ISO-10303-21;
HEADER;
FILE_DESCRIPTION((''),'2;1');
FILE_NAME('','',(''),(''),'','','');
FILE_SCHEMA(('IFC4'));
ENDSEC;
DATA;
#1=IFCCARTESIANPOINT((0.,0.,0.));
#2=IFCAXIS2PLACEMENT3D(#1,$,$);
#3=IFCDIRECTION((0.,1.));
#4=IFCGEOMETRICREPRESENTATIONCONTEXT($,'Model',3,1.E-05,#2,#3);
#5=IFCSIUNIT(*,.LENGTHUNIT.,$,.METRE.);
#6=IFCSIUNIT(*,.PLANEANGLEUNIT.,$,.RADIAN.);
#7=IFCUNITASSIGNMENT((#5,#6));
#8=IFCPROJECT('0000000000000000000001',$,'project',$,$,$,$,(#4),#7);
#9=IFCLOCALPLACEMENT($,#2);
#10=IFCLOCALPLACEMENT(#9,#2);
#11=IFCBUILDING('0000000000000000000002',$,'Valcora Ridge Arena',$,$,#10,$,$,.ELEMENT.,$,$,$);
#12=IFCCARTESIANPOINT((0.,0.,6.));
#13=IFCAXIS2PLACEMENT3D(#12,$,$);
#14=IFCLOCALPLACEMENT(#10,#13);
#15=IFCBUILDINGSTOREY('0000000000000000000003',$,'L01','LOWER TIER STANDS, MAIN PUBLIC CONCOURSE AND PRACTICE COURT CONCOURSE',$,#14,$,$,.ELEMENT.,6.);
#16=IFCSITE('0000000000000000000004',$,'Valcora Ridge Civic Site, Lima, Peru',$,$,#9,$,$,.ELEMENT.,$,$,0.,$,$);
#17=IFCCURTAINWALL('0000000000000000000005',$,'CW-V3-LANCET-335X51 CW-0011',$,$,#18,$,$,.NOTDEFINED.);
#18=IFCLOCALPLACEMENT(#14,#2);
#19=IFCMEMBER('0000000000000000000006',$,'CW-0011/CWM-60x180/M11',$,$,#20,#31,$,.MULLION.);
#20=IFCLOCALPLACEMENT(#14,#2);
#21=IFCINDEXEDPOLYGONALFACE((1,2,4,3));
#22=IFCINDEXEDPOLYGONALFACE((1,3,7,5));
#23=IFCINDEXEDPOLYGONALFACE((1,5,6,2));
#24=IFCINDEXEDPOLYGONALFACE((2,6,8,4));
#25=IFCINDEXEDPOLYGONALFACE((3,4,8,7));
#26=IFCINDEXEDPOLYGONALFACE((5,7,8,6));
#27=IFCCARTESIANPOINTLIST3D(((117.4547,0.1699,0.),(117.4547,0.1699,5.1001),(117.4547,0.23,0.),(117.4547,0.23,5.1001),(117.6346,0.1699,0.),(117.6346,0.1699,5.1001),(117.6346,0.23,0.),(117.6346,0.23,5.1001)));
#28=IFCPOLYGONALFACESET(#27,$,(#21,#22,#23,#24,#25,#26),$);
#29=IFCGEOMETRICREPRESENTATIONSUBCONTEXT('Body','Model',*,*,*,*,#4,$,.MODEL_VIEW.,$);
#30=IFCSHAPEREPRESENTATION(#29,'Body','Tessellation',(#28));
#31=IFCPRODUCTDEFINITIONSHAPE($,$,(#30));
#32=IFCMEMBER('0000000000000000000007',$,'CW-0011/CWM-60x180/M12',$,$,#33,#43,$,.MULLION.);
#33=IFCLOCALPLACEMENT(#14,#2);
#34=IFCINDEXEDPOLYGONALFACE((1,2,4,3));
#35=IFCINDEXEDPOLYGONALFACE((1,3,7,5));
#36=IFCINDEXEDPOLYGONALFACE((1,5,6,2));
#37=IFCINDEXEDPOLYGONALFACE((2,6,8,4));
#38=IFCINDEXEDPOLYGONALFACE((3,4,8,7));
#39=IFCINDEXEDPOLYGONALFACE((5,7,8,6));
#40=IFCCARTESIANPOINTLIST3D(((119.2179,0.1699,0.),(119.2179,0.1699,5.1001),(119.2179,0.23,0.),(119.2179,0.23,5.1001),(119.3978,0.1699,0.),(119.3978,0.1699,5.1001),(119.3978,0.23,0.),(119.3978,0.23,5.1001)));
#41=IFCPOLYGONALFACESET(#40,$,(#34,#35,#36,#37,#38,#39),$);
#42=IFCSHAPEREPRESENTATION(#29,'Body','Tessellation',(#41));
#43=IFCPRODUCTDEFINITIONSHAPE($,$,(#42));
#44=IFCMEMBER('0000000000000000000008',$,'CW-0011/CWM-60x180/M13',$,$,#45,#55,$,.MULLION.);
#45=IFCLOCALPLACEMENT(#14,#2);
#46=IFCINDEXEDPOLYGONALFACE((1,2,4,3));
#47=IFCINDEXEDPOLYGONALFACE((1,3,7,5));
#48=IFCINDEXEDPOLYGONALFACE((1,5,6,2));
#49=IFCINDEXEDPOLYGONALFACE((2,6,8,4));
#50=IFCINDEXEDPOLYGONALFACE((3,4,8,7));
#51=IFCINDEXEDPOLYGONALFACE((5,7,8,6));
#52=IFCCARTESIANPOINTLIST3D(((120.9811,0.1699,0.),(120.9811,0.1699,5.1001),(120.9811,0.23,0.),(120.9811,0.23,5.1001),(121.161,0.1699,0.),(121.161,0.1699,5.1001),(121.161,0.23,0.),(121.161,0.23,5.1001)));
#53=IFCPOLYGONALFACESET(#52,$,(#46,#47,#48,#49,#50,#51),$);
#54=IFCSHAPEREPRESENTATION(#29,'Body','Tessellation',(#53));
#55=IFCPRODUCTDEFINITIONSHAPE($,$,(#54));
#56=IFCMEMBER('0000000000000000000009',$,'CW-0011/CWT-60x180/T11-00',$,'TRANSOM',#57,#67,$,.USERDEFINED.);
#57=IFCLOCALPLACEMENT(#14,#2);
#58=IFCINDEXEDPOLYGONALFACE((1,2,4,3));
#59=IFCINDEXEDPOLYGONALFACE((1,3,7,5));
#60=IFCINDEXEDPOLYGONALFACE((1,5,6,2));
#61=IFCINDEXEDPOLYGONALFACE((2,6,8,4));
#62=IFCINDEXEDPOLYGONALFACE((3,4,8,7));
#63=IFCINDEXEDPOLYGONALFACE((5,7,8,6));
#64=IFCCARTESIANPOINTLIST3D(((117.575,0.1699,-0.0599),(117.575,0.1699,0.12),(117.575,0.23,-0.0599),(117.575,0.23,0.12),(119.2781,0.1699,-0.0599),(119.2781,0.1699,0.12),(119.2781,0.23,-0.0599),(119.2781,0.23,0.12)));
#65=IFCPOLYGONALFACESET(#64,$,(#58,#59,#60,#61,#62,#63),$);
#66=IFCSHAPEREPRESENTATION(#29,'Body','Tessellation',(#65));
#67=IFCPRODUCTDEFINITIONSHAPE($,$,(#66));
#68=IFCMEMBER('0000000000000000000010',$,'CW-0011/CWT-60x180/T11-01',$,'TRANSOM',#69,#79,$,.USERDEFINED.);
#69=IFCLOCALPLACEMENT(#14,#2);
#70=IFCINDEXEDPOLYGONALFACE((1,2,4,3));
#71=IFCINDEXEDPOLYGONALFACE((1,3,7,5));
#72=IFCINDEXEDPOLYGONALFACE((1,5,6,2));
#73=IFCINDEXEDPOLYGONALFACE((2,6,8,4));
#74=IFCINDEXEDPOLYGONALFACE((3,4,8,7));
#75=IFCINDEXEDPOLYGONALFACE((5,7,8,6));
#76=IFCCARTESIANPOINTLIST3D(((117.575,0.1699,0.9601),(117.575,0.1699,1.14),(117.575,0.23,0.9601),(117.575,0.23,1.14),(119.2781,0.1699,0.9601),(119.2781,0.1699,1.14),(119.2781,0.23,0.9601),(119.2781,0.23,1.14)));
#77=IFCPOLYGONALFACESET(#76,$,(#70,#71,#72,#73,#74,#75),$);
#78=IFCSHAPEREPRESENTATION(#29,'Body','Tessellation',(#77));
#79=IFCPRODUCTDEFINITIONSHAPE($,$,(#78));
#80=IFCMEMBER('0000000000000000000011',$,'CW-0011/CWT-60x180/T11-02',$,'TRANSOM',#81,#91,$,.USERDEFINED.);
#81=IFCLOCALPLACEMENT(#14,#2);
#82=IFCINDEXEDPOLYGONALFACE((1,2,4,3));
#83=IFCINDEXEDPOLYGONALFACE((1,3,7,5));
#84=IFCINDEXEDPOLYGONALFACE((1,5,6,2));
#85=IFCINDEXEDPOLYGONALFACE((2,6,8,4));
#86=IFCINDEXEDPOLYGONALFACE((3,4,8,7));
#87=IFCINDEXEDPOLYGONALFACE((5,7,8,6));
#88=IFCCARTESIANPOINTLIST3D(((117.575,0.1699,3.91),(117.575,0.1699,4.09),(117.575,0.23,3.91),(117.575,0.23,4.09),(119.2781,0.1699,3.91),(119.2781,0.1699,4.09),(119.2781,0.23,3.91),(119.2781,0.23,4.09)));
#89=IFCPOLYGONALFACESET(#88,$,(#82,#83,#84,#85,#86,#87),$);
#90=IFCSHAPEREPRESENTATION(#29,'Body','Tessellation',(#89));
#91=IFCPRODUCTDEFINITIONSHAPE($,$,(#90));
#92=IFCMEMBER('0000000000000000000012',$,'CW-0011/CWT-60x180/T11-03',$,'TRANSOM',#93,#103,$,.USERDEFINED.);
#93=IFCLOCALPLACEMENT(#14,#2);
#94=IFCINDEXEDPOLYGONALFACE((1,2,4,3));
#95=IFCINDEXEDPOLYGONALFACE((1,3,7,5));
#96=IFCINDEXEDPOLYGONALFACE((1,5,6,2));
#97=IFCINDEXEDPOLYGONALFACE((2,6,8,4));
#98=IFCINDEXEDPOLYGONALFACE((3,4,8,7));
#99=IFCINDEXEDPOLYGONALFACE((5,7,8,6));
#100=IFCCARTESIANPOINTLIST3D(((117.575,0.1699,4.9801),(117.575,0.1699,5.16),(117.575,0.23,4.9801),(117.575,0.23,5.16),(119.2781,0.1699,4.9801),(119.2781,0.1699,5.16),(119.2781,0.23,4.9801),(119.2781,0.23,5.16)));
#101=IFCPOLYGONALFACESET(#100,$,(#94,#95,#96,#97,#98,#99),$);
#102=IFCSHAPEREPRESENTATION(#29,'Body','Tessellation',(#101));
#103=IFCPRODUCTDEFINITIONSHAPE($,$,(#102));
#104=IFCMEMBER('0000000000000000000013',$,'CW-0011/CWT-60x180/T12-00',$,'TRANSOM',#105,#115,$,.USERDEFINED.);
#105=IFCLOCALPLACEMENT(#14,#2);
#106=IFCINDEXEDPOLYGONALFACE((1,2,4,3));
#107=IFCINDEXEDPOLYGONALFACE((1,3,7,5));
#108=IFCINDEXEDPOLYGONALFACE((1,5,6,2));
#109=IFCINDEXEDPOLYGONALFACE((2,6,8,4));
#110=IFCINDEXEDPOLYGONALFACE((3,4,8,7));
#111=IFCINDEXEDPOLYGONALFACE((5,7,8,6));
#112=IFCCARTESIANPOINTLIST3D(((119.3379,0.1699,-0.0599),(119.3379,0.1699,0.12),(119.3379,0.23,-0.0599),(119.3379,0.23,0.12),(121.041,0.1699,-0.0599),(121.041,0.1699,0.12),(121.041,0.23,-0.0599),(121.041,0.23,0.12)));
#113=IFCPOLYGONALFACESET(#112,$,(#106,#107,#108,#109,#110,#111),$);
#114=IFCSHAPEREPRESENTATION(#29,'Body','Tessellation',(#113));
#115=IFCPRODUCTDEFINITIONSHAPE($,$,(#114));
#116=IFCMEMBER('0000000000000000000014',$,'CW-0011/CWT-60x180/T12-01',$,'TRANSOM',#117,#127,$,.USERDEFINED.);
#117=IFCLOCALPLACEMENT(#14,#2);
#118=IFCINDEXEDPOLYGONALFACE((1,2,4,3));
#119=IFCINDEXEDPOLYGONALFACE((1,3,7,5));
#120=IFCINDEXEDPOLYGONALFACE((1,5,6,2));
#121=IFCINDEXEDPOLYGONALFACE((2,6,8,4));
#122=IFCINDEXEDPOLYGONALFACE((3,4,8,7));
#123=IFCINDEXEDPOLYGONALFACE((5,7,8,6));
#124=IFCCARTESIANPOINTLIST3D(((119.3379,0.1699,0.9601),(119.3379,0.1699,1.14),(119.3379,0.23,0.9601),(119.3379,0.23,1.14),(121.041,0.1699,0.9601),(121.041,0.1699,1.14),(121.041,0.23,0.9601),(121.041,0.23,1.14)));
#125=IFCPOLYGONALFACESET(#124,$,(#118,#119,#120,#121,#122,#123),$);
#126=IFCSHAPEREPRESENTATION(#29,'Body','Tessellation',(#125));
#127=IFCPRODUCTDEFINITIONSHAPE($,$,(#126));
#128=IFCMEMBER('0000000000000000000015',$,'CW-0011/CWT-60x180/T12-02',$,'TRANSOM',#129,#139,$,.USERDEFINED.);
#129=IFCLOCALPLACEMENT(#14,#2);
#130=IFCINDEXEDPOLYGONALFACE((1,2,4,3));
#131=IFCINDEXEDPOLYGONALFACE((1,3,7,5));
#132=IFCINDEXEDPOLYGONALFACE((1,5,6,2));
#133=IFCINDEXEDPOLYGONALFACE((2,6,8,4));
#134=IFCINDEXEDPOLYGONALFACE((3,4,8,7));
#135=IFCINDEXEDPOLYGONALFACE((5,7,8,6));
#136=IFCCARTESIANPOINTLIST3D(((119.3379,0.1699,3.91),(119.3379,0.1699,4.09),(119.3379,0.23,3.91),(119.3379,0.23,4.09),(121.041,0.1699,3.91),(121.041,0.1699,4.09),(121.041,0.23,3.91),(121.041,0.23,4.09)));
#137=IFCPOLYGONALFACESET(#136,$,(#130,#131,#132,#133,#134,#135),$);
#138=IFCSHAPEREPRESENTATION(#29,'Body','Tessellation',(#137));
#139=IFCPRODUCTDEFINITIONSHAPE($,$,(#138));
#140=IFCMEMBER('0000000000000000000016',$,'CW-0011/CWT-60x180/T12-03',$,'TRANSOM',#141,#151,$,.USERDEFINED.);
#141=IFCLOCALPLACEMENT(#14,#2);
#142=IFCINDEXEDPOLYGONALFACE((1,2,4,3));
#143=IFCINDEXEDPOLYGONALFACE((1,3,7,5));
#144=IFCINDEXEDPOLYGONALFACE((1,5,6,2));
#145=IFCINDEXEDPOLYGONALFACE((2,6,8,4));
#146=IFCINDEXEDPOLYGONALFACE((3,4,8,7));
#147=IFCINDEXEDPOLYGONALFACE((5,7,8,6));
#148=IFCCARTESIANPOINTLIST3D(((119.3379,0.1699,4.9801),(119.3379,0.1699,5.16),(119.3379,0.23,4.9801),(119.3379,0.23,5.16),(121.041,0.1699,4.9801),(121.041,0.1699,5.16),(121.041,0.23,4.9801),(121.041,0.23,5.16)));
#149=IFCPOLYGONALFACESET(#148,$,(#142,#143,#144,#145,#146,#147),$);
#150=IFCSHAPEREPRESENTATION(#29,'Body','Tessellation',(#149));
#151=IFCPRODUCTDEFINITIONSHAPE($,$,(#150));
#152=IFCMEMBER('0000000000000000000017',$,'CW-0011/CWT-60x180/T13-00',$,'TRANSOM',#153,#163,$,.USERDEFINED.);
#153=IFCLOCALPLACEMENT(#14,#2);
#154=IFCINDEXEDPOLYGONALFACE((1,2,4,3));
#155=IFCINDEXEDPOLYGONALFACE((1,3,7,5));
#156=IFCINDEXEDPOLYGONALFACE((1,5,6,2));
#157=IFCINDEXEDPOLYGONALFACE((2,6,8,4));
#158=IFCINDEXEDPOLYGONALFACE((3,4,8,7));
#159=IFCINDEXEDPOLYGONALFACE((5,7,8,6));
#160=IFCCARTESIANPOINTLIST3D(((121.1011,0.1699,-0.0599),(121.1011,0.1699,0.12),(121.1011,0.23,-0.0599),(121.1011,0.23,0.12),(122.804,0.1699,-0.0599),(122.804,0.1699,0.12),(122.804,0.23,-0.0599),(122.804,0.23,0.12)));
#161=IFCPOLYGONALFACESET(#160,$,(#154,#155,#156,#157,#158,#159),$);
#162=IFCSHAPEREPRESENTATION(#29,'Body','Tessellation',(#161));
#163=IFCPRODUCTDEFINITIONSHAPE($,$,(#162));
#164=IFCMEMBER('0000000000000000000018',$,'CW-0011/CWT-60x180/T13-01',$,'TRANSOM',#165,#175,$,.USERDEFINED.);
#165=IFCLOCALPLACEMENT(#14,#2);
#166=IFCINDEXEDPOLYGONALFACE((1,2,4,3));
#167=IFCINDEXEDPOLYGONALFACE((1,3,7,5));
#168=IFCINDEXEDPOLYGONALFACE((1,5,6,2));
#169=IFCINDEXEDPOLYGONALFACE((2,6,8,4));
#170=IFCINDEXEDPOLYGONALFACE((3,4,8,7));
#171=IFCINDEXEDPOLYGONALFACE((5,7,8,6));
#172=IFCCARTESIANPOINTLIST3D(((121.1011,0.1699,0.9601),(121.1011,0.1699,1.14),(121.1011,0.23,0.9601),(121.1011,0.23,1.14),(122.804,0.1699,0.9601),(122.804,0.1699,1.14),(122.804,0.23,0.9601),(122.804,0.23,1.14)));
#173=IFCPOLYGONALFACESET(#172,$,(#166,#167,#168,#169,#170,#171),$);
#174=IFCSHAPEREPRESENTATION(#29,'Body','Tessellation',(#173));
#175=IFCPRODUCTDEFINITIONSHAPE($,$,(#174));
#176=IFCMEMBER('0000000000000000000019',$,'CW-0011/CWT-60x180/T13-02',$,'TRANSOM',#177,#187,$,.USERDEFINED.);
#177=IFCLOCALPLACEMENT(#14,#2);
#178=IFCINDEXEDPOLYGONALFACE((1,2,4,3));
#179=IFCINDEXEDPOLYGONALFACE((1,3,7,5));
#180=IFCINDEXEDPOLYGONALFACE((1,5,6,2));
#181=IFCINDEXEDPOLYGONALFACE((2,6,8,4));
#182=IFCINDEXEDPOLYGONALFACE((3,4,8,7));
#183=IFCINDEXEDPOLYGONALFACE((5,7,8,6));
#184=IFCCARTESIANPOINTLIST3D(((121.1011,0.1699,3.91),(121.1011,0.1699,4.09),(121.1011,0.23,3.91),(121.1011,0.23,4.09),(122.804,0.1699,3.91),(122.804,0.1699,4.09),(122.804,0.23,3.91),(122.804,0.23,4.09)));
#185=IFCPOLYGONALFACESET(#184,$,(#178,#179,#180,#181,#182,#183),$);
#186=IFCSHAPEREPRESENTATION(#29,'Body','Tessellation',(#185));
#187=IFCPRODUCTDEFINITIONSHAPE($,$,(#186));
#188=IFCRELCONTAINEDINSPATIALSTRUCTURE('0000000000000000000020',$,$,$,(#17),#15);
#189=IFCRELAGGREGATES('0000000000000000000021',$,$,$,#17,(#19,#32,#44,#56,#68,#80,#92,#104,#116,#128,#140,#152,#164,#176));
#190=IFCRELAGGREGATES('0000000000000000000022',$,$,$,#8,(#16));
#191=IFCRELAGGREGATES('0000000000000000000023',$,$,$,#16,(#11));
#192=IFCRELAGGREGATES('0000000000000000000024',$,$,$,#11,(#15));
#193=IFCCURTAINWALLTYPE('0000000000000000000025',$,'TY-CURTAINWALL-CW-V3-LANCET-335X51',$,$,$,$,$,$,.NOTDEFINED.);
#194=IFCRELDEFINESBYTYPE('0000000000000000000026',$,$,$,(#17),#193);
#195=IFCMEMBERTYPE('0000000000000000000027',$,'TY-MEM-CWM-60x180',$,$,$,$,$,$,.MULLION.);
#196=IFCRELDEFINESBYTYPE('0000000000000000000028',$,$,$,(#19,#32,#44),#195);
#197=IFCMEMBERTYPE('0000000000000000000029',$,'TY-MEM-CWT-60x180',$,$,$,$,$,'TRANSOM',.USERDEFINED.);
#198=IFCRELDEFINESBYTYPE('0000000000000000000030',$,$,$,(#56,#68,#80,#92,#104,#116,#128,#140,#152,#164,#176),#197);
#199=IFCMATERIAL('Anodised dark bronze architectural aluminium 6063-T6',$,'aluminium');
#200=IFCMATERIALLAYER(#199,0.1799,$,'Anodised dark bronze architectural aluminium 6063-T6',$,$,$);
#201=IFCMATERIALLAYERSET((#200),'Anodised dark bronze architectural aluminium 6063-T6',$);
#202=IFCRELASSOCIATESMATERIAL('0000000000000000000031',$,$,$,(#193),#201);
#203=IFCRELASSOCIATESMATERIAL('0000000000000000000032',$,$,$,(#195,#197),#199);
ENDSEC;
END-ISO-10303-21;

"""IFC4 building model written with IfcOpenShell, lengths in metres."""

from ifc_helpers import new_model, si_unit, direction, frame, origin, origin_2d, place, context, subcontext, project, spatial, rectangle, extrude, material, layer, layer_set, material_profile, profile_set, type_object, element, aggregate, save


model = new_model("IFC4")

# Units and contexts
model_context = context("Model", 3, precision=1e-05, world=origin(), true_north=direction((0.0, 1.0)))
body_context = subcontext(model_context, "Body", "Model", "MODEL_VIEW")
ifc_project = project(units=[si_unit("LENGTHUNIT", "METRE"), si_unit("PLANEANGLEUNIT", "RADIAN")], contexts=[model_context])

# Site, building, storey
site_placement = place(None, origin())
site = spatial("IfcSite", under=ifc_project, at=site_placement, Name="Valcora Ridge Civic Site, Lima, Peru", CompositionType="ELEMENT", RefElevation=0.0)
building_placement = place(site_placement, origin())
building = spatial("IfcBuilding", under=site, at=building_placement, Name="Valcora Ridge Arena", CompositionType="ELEMENT")
storey_placement = place(building_placement, frame((0.0, 0.0, 6.0)))
storey = spatial("IfcBuildingStorey", under=building, at=storey_placement, Name="L01", Description="LOWER TIER STANDS, MAIN PUBLIC CONCOURSE AND PRACTICE COURT CONCOURSE", CompositionType="ELEMENT", Elevation=6.0)

# Curtain wall, members
ifc_material_1 = material(Name="Anodised dark bronze architectural aluminium 6063-T6", Category="aluminium")
ifc_layer_1 = layer(ifc_material_1, 0.1799, Name="Anodised dark bronze architectural aluminium 6063-T6")
ifc_layer_set_1 = layer_set([ifc_layer_1], Name="Anodised dark bronze architectural aluminium 6063-T6")
curtain_wall_type = type_object("IfcCurtainWallType", Name="TY-CURTAINWALL-CW-V3-LANCET-335X51", PredefinedType="NOTDEFINED", material=ifc_layer_set_1)
curtain_wall_placement = place(storey_placement, origin())
curtain_wall = element("IfcCurtainWall", 1, at=curtain_wall_placement, inside=storey, type_object=curtain_wall_type, Name="CW-V3-LANCET-335X51 CW-0011", PredefinedType="NOTDEFINED")
ifc_material_profile_1 = material_profile(ifc_material_1, rectangle(XDim=0.0601, YDim=0.1799, at=origin_2d()), Name="ALU MULLION 60x180")
ifc_profile_set_1 = profile_set([ifc_material_profile_1], Name="Anodised dark bronze architectural aluminium 6063-T6")
member_type_1 = type_object("IfcMemberType", Name="TY-MEM-CWM-60x180", PredefinedType="MULLION", material=ifc_profile_set_1)
member_1_placement = place(storey_placement, frame((117.5447, 0.2, 0.0), z_axis=(0.0, 0.0, 1.0), x_axis=(0.0, 1.0, 0.0)))
member_1 = element("IfcMember", 2, at=member_1_placement, type_object=member_type_1, Name="CW-0011/CWM-60x180/M11", PredefinedType="MULLION", context=body_context, shape_type="SweptSolid", body=[
    extrude(rectangle(XDim=0.0601, YDim=0.1799, at=origin_2d()), origin(), (0.0, 0.0, 1.0), 5.1001),
])
member_2_placement = place(storey_placement, frame((119.3079, 0.2, 0.0), z_axis=(0.0, 0.0, 1.0), x_axis=(0.0, 1.0, 0.0)))
member_2 = element("IfcMember", 3, at=member_2_placement, type_object=member_type_1, Name="CW-0011/CWM-60x180/M12", PredefinedType="MULLION", context=body_context, shape_type="SweptSolid", body=[
    extrude(rectangle(XDim=0.0601, YDim=0.1799, at=origin_2d()), origin(), (0.0, 0.0, 1.0), 5.1001),
])
member_3_placement = place(storey_placement, frame((121.071, 0.2, 0.0), z_axis=(0.0, 0.0, 1.0), x_axis=(0.0, 1.0, 0.0)))
member_3 = element("IfcMember", 4, at=member_3_placement, type_object=member_type_1, Name="CW-0011/CWM-60x180/M13", PredefinedType="MULLION", context=body_context, shape_type="SweptSolid", body=[
    extrude(rectangle(XDim=0.0601, YDim=0.1799, at=origin_2d()), origin(), (0.0, 0.0, 1.0), 5.1001),
])
ifc_material_profile_2 = material_profile(ifc_material_1, rectangle(XDim=0.0601, YDim=0.1799, at=origin_2d()), Name="ALU TRANSOM 60x180")
ifc_profile_set_2 = profile_set([ifc_material_profile_2], Name="Anodised dark bronze architectural aluminium 6063-T6")
member_type_2 = type_object("IfcMemberType", Name="TY-MEM-CWT-60x180", ElementType="TRANSOM", PredefinedType="USERDEFINED", material=ifc_profile_set_2)
member_4_placement = place(storey_placement, frame((117.575, 0.2, 0.03), z_axis=(1.0, 0.0, 0.0), x_axis=(0.0, 1.0, 0.0)))
member_4 = element("IfcMember", 5, at=member_4_placement, type_object=member_type_2, Name="CW-0011/CWT-60x180/T11-00", ObjectType="TRANSOM", PredefinedType="USERDEFINED", context=body_context, shape_type="SweptSolid", body=[
    extrude(rectangle(XDim=0.0601, YDim=0.1799, at=origin_2d()), origin(), (0.0, 0.0, 1.0), 1.7031),
])
member_5_placement = place(storey_placement, frame((117.575, 0.2, 1.05), z_axis=(1.0, 0.0, 0.0), x_axis=(0.0, 1.0, 0.0)))
member_5 = element("IfcMember", 6, at=member_5_placement, type_object=member_type_2, Name="CW-0011/CWT-60x180/T11-01", ObjectType="TRANSOM", PredefinedType="USERDEFINED", context=body_context, shape_type="SweptSolid", body=[
    extrude(rectangle(XDim=0.0601, YDim=0.1799, at=origin_2d()), origin(), (0.0, 0.0, 1.0), 1.7031),
])
member_6_placement = place(storey_placement, frame((117.575, 0.2, 4.0), z_axis=(1.0, 0.0, 0.0), x_axis=(0.0, 1.0, 0.0)))
member_6 = element("IfcMember", 7, at=member_6_placement, type_object=member_type_2, Name="CW-0011/CWT-60x180/T11-02", ObjectType="TRANSOM", PredefinedType="USERDEFINED", context=body_context, shape_type="SweptSolid", body=[
    extrude(rectangle(XDim=0.0601, YDim=0.1799, at=origin_2d()), origin(), (0.0, 0.0, 1.0), 1.7031),
])
member_7_placement = place(storey_placement, frame((117.575, 0.2, 5.0701), z_axis=(1.0, 0.0, 0.0), x_axis=(0.0, 1.0, 0.0)))
member_7 = element("IfcMember", 8, at=member_7_placement, type_object=member_type_2, Name="CW-0011/CWT-60x180/T11-03", ObjectType="TRANSOM", PredefinedType="USERDEFINED", context=body_context, shape_type="SweptSolid", body=[
    extrude(rectangle(XDim=0.0601, YDim=0.1799, at=origin_2d()), origin(), (0.0, 0.0, 1.0), 1.7031),
])
member_8_placement = place(storey_placement, frame((119.3379, 0.2, 0.03), z_axis=(1.0, 0.0, 0.0), x_axis=(0.0, 1.0, 0.0)))
member_8 = element("IfcMember", 9, at=member_8_placement, type_object=member_type_2, Name="CW-0011/CWT-60x180/T12-00", ObjectType="TRANSOM", PredefinedType="USERDEFINED", context=body_context, shape_type="SweptSolid", body=[
    extrude(rectangle(XDim=0.0601, YDim=0.1799, at=origin_2d()), origin(), (0.0, 0.0, 1.0), 1.7031),
])
member_9_placement = place(storey_placement, frame((119.3379, 0.2, 1.05), z_axis=(1.0, 0.0, 0.0), x_axis=(0.0, 1.0, 0.0)))
member_9 = element("IfcMember", 10, at=member_9_placement, type_object=member_type_2, Name="CW-0011/CWT-60x180/T12-01", ObjectType="TRANSOM", PredefinedType="USERDEFINED", context=body_context, shape_type="SweptSolid", body=[
    extrude(rectangle(XDim=0.0601, YDim=0.1799, at=origin_2d()), origin(), (0.0, 0.0, 1.0), 1.7031),
])
member_10_placement = place(storey_placement, frame((119.3379, 0.2, 4.0), z_axis=(1.0, 0.0, 0.0), x_axis=(0.0, 1.0, 0.0)))
member_10 = element("IfcMember", 11, at=member_10_placement, type_object=member_type_2, Name="CW-0011/CWT-60x180/T12-02", ObjectType="TRANSOM", PredefinedType="USERDEFINED", context=body_context, shape_type="SweptSolid", body=[
    extrude(rectangle(XDim=0.0601, YDim=0.1799, at=origin_2d()), origin(), (0.0, 0.0, 1.0), 1.7031),
])
member_11_placement = place(storey_placement, frame((119.3379, 0.2, 5.0701), z_axis=(1.0, 0.0, 0.0), x_axis=(0.0, 1.0, 0.0)))
member_11 = element("IfcMember", 12, at=member_11_placement, type_object=member_type_2, Name="CW-0011/CWT-60x180/T12-03", ObjectType="TRANSOM", PredefinedType="USERDEFINED", context=body_context, shape_type="SweptSolid", body=[
    extrude(rectangle(XDim=0.0601, YDim=0.1799, at=origin_2d()), origin(), (0.0, 0.0, 1.0), 1.7031),
])
member_12_placement = place(storey_placement, frame((121.1011, 0.2, 0.03), z_axis=(1.0, 0.0, 0.0), x_axis=(0.0, 1.0, 0.0)))
member_12 = element("IfcMember", 13, at=member_12_placement, type_object=member_type_2, Name="CW-0011/CWT-60x180/T13-00", ObjectType="TRANSOM", PredefinedType="USERDEFINED", context=body_context, shape_type="SweptSolid", body=[
    extrude(rectangle(XDim=0.0601, YDim=0.1799, at=origin_2d()), origin(), (0.0, 0.0, 1.0), 1.7029),
])
member_13_placement = place(storey_placement, frame((121.1011, 0.2, 1.05), z_axis=(1.0, 0.0, 0.0), x_axis=(0.0, 1.0, 0.0)))
member_13 = element("IfcMember", 14, at=member_13_placement, type_object=member_type_2, Name="CW-0011/CWT-60x180/T13-01", ObjectType="TRANSOM", PredefinedType="USERDEFINED", context=body_context, shape_type="SweptSolid", body=[
    extrude(rectangle(XDim=0.0601, YDim=0.1799, at=origin_2d()), origin(), (0.0, 0.0, 1.0), 1.7029),
])
member_14_placement = place(storey_placement, frame((121.1011, 0.2, 4.0), z_axis=(1.0, 0.0, 0.0), x_axis=(0.0, 1.0, 0.0)))
member_14 = element("IfcMember", 15, at=member_14_placement, type_object=member_type_2, Name="CW-0011/CWT-60x180/T13-02", ObjectType="TRANSOM", PredefinedType="USERDEFINED", context=body_context, shape_type="SweptSolid", body=[
    extrude(rectangle(XDim=0.0601, YDim=0.1799, at=origin_2d()), origin(), (0.0, 0.0, 1.0), 1.7029),
])
aggregate(curtain_wall, [member_1, member_2, member_3, member_4, member_5, member_6, member_7, member_8, member_9, member_10, member_11, member_12, member_13, member_14])

save(model, "model.ifc")
